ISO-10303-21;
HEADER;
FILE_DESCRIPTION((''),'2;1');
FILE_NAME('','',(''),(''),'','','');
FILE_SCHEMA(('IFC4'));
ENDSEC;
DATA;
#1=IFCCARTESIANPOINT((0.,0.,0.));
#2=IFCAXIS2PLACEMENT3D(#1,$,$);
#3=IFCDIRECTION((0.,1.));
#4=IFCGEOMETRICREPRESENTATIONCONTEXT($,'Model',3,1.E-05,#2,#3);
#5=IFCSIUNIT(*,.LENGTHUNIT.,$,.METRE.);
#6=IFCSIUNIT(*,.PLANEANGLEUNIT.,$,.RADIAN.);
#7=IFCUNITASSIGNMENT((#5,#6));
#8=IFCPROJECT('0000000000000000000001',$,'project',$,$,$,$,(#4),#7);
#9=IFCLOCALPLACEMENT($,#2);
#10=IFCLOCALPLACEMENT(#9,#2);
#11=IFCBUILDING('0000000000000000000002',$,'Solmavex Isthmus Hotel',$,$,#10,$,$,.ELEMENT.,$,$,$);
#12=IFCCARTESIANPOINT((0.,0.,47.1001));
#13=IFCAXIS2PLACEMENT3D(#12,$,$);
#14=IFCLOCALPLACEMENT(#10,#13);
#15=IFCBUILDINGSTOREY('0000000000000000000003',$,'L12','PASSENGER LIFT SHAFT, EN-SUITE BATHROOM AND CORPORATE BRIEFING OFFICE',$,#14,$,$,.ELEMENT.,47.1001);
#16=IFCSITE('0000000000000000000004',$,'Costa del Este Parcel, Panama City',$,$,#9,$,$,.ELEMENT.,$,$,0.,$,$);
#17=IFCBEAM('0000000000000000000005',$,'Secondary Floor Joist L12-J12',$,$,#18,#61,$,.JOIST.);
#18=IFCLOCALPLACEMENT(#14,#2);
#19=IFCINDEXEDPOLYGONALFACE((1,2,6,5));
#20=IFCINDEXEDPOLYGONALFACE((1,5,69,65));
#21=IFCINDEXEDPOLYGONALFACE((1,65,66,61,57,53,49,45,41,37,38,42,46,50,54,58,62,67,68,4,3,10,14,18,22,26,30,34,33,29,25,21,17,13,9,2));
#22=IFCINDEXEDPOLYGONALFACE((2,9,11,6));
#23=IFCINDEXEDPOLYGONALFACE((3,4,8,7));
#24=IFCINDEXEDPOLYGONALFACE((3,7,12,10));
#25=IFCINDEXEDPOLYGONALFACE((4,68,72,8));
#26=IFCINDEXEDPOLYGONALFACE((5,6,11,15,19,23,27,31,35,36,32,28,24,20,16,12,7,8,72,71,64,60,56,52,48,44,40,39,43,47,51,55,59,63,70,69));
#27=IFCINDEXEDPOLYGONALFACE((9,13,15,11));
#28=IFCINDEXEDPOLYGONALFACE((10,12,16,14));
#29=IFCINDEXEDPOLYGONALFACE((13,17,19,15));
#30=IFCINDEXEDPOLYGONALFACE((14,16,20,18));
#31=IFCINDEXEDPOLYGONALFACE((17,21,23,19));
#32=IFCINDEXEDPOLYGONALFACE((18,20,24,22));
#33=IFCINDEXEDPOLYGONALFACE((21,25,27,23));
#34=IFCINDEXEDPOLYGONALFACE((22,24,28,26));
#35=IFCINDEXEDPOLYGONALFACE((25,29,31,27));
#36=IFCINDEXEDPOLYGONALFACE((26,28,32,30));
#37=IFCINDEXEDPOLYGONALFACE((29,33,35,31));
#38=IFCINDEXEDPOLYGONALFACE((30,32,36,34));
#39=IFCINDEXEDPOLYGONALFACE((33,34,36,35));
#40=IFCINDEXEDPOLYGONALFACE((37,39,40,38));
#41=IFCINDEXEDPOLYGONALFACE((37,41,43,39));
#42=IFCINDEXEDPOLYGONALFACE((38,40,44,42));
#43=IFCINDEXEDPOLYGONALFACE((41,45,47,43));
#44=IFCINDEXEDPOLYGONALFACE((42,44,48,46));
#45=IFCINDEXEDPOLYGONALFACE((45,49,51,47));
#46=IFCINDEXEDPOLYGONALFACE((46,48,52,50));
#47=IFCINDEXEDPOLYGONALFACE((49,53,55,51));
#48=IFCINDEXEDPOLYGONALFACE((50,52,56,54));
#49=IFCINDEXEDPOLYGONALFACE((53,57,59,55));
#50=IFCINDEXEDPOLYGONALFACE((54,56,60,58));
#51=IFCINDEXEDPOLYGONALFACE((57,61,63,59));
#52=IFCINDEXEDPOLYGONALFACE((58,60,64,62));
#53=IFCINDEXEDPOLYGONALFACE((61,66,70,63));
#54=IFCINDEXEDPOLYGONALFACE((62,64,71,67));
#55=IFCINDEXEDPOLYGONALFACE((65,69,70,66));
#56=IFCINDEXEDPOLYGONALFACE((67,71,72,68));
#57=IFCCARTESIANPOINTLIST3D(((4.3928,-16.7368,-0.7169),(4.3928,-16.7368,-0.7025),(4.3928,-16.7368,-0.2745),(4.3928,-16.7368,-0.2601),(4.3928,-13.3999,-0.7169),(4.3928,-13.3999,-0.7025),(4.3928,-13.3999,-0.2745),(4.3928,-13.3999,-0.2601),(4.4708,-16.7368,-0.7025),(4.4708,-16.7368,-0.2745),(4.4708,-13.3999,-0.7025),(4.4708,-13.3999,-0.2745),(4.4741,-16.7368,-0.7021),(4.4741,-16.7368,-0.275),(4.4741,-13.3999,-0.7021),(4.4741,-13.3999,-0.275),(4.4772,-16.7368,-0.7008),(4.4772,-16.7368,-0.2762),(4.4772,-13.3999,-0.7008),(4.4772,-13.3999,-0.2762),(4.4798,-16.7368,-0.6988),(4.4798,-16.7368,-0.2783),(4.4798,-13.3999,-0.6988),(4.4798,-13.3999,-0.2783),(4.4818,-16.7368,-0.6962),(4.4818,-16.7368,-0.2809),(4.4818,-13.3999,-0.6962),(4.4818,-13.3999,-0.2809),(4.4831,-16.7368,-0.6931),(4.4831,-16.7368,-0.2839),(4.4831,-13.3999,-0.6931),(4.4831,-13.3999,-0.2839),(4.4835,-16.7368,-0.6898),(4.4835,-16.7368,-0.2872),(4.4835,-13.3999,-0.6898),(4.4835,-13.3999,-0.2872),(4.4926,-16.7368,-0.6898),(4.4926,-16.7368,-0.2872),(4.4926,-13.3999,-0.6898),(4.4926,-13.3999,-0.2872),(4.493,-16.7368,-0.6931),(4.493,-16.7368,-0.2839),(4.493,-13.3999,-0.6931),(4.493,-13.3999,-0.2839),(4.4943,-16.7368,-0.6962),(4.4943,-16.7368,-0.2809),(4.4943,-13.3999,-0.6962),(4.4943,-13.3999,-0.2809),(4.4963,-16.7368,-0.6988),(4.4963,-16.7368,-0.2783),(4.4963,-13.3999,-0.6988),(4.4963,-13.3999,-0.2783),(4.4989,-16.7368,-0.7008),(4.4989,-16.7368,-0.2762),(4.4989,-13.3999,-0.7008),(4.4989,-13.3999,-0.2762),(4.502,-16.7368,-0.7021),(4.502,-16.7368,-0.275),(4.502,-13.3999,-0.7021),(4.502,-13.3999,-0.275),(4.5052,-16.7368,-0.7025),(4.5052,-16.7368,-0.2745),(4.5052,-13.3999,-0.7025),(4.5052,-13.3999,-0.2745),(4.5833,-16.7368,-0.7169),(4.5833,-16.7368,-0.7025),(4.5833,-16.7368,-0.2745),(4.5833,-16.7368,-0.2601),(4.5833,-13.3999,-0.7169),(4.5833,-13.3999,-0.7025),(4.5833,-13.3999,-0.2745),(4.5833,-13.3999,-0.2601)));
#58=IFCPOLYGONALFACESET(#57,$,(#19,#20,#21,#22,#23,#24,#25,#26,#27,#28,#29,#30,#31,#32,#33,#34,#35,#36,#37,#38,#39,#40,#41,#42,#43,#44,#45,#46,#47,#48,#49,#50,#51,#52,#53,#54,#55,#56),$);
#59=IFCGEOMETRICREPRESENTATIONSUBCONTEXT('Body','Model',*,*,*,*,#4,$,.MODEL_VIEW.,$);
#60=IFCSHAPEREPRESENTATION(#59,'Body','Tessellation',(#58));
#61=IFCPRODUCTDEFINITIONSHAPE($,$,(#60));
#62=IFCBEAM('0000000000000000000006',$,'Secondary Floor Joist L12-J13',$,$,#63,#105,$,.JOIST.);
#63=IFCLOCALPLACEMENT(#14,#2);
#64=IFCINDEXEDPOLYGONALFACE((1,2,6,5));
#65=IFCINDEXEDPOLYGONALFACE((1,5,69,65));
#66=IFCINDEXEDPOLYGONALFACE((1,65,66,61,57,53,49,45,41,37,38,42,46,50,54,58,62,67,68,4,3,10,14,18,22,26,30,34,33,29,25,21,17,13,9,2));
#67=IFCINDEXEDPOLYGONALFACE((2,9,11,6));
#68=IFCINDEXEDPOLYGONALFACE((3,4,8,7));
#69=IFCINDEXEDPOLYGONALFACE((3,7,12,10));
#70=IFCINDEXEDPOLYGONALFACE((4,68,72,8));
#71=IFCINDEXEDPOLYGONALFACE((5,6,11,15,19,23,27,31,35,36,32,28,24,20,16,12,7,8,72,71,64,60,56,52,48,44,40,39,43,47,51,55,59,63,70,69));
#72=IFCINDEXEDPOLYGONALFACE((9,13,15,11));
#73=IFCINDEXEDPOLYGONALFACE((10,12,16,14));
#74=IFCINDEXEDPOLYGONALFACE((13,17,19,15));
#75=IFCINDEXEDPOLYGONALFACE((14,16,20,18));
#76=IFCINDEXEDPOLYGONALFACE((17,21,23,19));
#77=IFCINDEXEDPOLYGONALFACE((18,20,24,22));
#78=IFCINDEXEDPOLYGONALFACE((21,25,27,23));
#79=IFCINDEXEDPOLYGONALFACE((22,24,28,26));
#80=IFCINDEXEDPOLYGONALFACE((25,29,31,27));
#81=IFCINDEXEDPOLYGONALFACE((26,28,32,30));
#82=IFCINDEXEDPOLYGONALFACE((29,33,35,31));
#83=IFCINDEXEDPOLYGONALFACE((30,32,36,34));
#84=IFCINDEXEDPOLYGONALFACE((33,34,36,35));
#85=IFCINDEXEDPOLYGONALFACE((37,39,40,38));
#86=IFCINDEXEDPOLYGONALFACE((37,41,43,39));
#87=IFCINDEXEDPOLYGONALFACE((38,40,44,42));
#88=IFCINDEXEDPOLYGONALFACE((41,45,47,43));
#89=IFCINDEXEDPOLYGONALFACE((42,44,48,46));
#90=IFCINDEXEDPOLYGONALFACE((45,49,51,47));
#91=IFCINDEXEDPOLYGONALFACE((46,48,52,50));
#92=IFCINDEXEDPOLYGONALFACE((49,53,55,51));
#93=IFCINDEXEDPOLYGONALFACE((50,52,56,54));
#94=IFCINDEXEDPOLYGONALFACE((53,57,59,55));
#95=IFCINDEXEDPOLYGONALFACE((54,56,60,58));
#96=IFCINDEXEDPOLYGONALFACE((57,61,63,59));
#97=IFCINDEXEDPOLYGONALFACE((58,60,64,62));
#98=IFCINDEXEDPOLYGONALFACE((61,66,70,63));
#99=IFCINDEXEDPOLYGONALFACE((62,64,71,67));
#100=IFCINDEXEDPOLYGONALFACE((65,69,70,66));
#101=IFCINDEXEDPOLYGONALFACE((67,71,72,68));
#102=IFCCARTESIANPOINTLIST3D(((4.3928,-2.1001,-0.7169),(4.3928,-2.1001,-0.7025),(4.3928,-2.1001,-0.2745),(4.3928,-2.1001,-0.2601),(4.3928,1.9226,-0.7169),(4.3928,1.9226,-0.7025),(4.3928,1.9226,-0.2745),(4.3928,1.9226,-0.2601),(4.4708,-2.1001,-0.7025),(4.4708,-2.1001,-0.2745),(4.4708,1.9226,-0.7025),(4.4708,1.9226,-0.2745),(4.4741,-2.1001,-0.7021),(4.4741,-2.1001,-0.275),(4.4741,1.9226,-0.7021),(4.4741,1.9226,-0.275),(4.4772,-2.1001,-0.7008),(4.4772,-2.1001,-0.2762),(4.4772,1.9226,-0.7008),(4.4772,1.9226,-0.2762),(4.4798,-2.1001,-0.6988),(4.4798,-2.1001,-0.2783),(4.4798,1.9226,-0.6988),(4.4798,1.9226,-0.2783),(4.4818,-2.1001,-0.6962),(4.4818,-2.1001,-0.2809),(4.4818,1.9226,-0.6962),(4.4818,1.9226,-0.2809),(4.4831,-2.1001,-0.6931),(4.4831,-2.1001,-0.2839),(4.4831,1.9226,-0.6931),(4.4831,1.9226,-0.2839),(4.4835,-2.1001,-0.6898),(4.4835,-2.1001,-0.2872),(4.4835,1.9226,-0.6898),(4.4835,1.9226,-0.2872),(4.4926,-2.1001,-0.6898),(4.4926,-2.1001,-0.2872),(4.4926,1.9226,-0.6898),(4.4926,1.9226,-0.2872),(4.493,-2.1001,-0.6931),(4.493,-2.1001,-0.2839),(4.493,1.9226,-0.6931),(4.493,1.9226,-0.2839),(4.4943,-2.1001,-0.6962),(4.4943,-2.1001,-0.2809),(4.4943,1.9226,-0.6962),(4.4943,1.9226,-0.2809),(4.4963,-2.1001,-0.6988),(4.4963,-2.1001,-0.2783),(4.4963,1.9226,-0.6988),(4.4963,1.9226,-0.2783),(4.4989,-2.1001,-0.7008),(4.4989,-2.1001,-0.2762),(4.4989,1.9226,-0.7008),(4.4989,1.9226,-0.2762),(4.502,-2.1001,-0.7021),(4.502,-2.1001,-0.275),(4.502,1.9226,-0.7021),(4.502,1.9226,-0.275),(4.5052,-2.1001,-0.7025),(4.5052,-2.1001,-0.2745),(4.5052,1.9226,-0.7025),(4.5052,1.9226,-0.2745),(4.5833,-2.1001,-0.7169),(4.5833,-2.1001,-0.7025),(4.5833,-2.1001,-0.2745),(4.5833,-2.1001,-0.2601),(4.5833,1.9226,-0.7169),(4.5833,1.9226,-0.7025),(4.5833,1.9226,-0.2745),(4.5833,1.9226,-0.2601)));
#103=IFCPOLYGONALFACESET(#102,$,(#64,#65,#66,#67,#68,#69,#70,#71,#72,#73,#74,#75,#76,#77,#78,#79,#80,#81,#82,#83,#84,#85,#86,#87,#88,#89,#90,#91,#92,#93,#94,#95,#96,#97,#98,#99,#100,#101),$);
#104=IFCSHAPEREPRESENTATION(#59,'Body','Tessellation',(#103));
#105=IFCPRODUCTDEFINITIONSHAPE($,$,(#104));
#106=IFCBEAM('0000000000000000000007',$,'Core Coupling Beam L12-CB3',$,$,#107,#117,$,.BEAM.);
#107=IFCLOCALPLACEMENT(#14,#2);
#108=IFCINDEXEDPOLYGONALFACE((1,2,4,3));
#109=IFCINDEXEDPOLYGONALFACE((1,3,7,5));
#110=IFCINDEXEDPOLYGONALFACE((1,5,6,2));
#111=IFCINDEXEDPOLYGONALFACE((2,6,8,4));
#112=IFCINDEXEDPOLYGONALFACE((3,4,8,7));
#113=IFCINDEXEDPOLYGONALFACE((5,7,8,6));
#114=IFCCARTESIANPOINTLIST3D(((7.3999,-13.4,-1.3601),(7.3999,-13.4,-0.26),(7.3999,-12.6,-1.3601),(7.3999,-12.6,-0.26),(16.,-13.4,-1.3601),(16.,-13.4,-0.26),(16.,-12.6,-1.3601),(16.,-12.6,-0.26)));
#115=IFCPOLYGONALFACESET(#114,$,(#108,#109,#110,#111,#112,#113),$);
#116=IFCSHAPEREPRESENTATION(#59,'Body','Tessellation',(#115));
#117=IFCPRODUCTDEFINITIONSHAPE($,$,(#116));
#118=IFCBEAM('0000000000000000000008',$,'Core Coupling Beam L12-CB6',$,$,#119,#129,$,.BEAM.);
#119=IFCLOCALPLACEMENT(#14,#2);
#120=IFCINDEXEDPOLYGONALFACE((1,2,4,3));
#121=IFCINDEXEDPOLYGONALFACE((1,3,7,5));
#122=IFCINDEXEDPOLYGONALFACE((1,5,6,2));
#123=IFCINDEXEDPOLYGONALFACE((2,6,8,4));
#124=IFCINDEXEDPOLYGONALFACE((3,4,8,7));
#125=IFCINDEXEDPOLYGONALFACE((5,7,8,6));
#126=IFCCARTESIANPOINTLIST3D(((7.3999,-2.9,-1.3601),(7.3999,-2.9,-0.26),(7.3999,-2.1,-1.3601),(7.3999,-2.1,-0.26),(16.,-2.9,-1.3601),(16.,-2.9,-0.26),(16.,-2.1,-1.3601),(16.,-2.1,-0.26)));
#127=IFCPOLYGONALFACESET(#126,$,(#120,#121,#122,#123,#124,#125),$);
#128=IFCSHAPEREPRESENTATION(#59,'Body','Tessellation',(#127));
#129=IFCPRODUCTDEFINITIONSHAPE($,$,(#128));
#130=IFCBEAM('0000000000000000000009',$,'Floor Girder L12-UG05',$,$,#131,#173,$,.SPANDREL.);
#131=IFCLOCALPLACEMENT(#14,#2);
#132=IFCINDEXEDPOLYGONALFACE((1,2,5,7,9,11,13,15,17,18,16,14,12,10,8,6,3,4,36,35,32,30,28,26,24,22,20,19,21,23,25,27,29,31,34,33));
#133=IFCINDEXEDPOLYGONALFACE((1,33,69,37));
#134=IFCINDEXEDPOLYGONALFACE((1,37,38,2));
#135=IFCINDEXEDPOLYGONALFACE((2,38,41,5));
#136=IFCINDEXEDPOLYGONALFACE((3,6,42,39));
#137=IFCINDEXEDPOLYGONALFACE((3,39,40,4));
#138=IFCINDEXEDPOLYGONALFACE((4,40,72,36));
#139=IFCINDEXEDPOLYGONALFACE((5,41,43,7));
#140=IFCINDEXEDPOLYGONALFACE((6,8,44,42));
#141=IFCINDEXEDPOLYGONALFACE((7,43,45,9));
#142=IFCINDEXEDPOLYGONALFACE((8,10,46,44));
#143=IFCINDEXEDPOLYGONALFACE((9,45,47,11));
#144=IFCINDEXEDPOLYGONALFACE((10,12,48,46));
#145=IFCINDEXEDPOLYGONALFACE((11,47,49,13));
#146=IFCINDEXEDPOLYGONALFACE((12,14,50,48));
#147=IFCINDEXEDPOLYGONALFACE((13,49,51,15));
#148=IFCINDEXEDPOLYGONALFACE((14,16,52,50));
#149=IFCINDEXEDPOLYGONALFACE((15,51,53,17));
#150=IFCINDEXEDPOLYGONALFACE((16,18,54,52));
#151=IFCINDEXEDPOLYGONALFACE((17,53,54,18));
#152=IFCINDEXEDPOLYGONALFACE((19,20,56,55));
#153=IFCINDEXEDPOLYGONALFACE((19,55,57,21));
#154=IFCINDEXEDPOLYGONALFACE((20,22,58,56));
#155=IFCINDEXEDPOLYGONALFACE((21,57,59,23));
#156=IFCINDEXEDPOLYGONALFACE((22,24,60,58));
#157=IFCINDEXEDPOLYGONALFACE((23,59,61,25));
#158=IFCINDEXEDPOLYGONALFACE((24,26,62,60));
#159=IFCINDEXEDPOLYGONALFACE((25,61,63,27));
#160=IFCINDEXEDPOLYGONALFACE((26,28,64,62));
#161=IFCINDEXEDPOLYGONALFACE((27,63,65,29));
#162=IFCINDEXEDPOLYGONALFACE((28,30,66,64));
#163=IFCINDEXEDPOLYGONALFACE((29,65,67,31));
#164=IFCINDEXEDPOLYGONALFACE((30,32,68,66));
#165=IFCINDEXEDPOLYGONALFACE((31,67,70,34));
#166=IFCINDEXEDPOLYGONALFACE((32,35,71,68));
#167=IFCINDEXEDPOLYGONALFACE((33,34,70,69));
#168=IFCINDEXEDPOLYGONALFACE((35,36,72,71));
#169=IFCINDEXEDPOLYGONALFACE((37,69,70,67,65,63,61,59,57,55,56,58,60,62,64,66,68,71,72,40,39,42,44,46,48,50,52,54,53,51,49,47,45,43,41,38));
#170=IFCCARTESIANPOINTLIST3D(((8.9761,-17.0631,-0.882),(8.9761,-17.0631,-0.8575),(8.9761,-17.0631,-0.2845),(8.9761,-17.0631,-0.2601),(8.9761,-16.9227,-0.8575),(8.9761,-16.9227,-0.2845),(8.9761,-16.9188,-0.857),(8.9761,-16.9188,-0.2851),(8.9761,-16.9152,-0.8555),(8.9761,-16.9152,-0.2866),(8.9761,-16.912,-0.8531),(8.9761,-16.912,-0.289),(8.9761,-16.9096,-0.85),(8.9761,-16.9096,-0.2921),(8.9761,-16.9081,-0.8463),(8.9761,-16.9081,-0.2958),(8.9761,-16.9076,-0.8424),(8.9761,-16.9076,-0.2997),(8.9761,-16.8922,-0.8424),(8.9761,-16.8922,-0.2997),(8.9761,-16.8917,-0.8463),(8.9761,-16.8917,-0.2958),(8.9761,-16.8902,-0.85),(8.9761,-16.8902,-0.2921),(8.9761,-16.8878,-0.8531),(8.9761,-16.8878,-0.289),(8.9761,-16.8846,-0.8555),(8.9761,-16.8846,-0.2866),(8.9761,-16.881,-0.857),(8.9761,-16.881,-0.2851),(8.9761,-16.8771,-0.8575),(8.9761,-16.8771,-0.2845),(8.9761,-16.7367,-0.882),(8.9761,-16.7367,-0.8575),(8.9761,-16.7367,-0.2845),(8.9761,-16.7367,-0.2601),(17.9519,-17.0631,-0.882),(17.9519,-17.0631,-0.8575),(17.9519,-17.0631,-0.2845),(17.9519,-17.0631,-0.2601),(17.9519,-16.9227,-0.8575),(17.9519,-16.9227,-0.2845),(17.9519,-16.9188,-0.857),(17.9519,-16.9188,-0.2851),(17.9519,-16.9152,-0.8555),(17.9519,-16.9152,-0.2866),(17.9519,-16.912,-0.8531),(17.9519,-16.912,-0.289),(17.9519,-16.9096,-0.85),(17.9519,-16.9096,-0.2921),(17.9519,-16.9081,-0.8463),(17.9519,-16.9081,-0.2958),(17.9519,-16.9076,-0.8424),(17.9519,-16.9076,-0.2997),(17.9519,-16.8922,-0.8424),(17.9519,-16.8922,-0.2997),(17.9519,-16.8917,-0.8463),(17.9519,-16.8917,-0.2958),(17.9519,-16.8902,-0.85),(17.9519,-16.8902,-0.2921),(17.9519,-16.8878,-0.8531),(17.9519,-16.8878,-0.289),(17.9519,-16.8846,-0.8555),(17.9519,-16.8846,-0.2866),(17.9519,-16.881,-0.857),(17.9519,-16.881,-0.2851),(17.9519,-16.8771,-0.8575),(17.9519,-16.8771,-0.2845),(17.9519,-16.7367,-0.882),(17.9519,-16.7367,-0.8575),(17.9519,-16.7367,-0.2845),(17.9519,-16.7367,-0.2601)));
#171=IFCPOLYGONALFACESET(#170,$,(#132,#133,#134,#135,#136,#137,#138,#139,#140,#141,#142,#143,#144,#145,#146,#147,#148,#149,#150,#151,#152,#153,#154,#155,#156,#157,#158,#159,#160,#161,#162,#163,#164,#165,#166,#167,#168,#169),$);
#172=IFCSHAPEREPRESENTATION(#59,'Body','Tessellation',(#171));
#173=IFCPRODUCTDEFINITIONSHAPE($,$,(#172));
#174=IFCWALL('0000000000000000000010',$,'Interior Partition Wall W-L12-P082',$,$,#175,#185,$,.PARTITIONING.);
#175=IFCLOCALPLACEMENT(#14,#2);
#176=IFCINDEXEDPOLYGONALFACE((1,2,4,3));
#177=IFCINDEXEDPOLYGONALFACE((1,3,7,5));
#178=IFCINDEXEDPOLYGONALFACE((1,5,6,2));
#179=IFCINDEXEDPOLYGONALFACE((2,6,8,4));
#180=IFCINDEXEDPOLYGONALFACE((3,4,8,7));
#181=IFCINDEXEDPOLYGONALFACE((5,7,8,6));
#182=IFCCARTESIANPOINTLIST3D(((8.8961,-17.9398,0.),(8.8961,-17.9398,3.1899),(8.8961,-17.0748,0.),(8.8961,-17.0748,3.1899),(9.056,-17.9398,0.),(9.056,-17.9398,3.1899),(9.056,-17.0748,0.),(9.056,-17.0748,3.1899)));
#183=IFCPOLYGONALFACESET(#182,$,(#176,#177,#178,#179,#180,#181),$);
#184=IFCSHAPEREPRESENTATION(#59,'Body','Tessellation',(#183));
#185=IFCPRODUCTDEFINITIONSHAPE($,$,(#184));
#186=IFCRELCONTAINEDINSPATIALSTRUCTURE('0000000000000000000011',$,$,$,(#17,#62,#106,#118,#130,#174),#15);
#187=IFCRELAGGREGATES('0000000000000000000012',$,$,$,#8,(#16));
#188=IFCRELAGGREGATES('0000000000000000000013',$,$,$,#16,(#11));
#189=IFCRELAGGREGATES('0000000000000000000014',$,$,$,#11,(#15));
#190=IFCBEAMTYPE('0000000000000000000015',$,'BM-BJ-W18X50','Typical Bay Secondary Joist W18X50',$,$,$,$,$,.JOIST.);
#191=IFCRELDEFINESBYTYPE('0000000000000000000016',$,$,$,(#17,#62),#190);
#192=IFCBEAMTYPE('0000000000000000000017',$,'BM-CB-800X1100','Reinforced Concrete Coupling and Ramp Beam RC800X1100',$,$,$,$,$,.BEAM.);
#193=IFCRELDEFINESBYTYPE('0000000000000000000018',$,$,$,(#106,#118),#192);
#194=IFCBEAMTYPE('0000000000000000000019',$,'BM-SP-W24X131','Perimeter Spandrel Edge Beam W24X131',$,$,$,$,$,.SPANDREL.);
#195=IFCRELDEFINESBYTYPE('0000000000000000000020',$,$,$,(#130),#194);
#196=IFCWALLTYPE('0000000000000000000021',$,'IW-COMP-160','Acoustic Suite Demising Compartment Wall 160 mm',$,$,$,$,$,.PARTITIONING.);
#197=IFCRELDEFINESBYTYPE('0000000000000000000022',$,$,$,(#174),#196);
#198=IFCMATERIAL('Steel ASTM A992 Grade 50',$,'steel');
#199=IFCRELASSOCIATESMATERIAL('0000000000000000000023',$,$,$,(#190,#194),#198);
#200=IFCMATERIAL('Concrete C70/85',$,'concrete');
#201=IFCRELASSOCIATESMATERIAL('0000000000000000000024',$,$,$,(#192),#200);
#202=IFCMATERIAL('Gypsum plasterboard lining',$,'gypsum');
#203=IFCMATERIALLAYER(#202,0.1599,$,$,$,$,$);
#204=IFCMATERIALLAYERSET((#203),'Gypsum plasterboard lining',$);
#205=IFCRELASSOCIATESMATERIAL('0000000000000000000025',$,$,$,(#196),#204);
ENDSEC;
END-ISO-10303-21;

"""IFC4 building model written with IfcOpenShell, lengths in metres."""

from ifc_helpers import new_model, si_unit, direction, frame, frame_2d, origin, origin_2d, place, context, subcontext, project, spatial, rectangle, i_section, extrude, material, layer, layer_set, material_profile, profile_set, type_object, element, save


model = new_model("IFC4")

# Units and contexts
model_context = context("Model", 3, precision=1e-05, world=origin(), true_north=direction((0.0, 1.0)))
body_context = subcontext(model_context, "Body", "Model", "MODEL_VIEW")
ifc_project = project(units=[si_unit("LENGTHUNIT", "METRE"), si_unit("PLANEANGLEUNIT", "RADIAN")], contexts=[model_context])

# Site, building, storey
site_placement = place(None, origin())
site = spatial("IfcSite", under=ifc_project, at=site_placement, Name="Costa del Este Parcel, Panama City", CompositionType="ELEMENT", RefElevation=0.0)
building_placement = place(site_placement, origin())
building = spatial("IfcBuilding", under=site, at=building_placement, Name="Solmavex Isthmus Hotel", CompositionType="ELEMENT")
storey_placement = place(building_placement, frame((0.0, 0.0, 47.1001)))
storey = spatial("IfcBuildingStorey", under=building, at=storey_placement, Name="L12", Description="PASSENGER LIFT SHAFT, EN-SUITE BATHROOM AND CORPORATE BRIEFING OFFICE", CompositionType="ELEMENT", Elevation=47.1001)

# Shared definitions
ifc_material_1 = material(Name="Concrete C70/85", Category="concrete")

# Beams
ifc_material_2 = material(Name="Steel ASTM A992 Grade 50", Category="steel")
ifc_material_profile_1 = material_profile(ifc_material_2, i_section(OverallWidth=0.1904, OverallDepth=0.4568, WebThickness=0.009, FlangeThickness=0.0144, FilletRadius=0.0127, at=origin_2d()), Name="W18X50")
ifc_profile_set_1 = profile_set([ifc_material_profile_1], Name="Steel ASTM A992 Grade 50")
beam_type_1 = type_object("IfcBeamType", Name="BM-BJ-W18X50", Description="Typical Bay Secondary Joist W18X50", PredefinedType="JOIST", material=ifc_profile_set_1)
beam_1_placement = place(storey_placement, frame((4.488, -16.7368, -0.4885), z_axis=(0.0, 1.0, 0.0), x_axis=(-1.0, 0.0, 0.0)))
element("IfcBeam", 1, at=beam_1_placement, inside=storey, type_object=beam_type_1, Name="Secondary Floor Joist L12-J12", PredefinedType="JOIST", context=body_context, shape_type="SweptSolid", body=[
    extrude(i_section(OverallWidth=0.1904, OverallDepth=0.4568, WebThickness=0.009, FlangeThickness=0.0144, FilletRadius=0.0127, at=origin_2d()), origin(), (0.0, 0.0, 1.0), 3.3369),
])
beam_2_placement = place(storey_placement, frame((4.488, -2.1001, -0.4885), z_axis=(0.0, 1.0, 0.0), x_axis=(-1.0, 0.0, 0.0)))
element("IfcBeam", 2, at=beam_2_placement, inside=storey, type_object=beam_type_1, Name="Secondary Floor Joist L12-J13", PredefinedType="JOIST", context=body_context, shape_type="SweptSolid", body=[
    extrude(i_section(OverallWidth=0.1904, OverallDepth=0.4568, WebThickness=0.009, FlangeThickness=0.0144, FilletRadius=0.0127, at=origin_2d()), origin(), (0.0, 0.0, 1.0), 4.0227),
])
ifc_material_profile_2 = material_profile(ifc_material_1, rectangle(XDim=0.8, YDim=1.1001, at=origin_2d()), Name="RC800X1100")
ifc_profile_set_2 = profile_set([ifc_material_profile_2], Name="Concrete C70/85")
beam_type_2 = type_object("IfcBeamType", Name="BM-CB-800X1100", Description="Reinforced Concrete Coupling and Ramp Beam RC800X1100", PredefinedType="BEAM", material=ifc_profile_set_2)
for number, where, z_axis, x_axis, name in (
    (3, (7.3999, -13.0, -0.8101), (1.0, 0.0, 0.0), (0.0, 1.0, 0.0), "Core Coupling Beam L12-CB3"),
    (4, (7.3999, -2.5, -0.8101), (1.0, 0.0, 0.0), (0.0, 1.0, 0.0), "Core Coupling Beam L12-CB6"),
):
    element("IfcBeam", number, at=place(storey_placement, frame(where, z_axis=z_axis, x_axis=x_axis)), inside=storey, type_object=beam_type_2, Name=name, PredefinedType="BEAM", context=body_context, shape_type="SweptSolid", body=[
        extrude(rectangle(XDim=0.8, YDim=1.1001, at=origin_2d()), origin(), (0.0, 0.0, 1.0), 8.6001),
    ])
ifc_material_profile_3 = material_profile(ifc_material_2, i_section(OverallWidth=0.3264, OverallDepth=0.6218, WebThickness=0.0154, FlangeThickness=0.0244, FilletRadius=0.0151, at=origin_2d()), Name="W24X131")
ifc_profile_set_3 = profile_set([ifc_material_profile_3], Name="Steel ASTM A992 Grade 50")
beam_type_3 = type_object("IfcBeamType", Name="BM-SP-W24X131", Description="Perimeter Spandrel Edge Beam W24X131", PredefinedType="SPANDREL", material=ifc_profile_set_3)
beam_3_placement = place(storey_placement, frame((8.9761, -16.8999, -0.571), z_axis=(1.0, 0.0, 0.0), x_axis=(0.0, 1.0, 0.0)))
element("IfcBeam", 5, at=beam_3_placement, inside=storey, type_object=beam_type_3, Name="Floor Girder L12-UG05", PredefinedType="SPANDREL", context=body_context, shape_type="SweptSolid", body=[
    extrude(i_section(OverallWidth=0.3264, OverallDepth=0.6218, WebThickness=0.0154, FlangeThickness=0.0244, FilletRadius=0.0151, at=origin_2d()), origin(), (0.0, 0.0, 1.0), 8.9758),
])

# Wall
ifc_material_3 = material(Name="Gypsum plasterboard lining", Category="gypsum")
ifc_layer_1 = layer(ifc_material_3, 0.1599)
ifc_layer_set_1 = layer_set([ifc_layer_1], Name="Gypsum plasterboard lining")
wall_type_1 = type_object("IfcWallType", Name="IW-COMP-160", Description="Acoustic Suite Demising Compartment Wall 160 mm", PredefinedType="PARTITIONING", material=ifc_layer_set_1)
wall_1_placement = place(storey_placement, frame((8.9761, -17.9399, 0.0), z_axis=(0.0, 0.0, 1.0), x_axis=(0.0, 1.0, 0.0)))
element("IfcWall", 6, at=wall_1_placement, inside=storey, type_object=wall_type_1, Name="Interior Partition Wall W-L12-P082", PredefinedType="PARTITIONING", context=body_context, shape_type="SweptSolid", body=[
    extrude(rectangle(XDim=0.865, YDim=0.1599, at=frame_2d((0.4326, 0.0))), origin(), (0.0, 0.0, 1.0), 3.1899),
])

save(model, "model.ifc")
